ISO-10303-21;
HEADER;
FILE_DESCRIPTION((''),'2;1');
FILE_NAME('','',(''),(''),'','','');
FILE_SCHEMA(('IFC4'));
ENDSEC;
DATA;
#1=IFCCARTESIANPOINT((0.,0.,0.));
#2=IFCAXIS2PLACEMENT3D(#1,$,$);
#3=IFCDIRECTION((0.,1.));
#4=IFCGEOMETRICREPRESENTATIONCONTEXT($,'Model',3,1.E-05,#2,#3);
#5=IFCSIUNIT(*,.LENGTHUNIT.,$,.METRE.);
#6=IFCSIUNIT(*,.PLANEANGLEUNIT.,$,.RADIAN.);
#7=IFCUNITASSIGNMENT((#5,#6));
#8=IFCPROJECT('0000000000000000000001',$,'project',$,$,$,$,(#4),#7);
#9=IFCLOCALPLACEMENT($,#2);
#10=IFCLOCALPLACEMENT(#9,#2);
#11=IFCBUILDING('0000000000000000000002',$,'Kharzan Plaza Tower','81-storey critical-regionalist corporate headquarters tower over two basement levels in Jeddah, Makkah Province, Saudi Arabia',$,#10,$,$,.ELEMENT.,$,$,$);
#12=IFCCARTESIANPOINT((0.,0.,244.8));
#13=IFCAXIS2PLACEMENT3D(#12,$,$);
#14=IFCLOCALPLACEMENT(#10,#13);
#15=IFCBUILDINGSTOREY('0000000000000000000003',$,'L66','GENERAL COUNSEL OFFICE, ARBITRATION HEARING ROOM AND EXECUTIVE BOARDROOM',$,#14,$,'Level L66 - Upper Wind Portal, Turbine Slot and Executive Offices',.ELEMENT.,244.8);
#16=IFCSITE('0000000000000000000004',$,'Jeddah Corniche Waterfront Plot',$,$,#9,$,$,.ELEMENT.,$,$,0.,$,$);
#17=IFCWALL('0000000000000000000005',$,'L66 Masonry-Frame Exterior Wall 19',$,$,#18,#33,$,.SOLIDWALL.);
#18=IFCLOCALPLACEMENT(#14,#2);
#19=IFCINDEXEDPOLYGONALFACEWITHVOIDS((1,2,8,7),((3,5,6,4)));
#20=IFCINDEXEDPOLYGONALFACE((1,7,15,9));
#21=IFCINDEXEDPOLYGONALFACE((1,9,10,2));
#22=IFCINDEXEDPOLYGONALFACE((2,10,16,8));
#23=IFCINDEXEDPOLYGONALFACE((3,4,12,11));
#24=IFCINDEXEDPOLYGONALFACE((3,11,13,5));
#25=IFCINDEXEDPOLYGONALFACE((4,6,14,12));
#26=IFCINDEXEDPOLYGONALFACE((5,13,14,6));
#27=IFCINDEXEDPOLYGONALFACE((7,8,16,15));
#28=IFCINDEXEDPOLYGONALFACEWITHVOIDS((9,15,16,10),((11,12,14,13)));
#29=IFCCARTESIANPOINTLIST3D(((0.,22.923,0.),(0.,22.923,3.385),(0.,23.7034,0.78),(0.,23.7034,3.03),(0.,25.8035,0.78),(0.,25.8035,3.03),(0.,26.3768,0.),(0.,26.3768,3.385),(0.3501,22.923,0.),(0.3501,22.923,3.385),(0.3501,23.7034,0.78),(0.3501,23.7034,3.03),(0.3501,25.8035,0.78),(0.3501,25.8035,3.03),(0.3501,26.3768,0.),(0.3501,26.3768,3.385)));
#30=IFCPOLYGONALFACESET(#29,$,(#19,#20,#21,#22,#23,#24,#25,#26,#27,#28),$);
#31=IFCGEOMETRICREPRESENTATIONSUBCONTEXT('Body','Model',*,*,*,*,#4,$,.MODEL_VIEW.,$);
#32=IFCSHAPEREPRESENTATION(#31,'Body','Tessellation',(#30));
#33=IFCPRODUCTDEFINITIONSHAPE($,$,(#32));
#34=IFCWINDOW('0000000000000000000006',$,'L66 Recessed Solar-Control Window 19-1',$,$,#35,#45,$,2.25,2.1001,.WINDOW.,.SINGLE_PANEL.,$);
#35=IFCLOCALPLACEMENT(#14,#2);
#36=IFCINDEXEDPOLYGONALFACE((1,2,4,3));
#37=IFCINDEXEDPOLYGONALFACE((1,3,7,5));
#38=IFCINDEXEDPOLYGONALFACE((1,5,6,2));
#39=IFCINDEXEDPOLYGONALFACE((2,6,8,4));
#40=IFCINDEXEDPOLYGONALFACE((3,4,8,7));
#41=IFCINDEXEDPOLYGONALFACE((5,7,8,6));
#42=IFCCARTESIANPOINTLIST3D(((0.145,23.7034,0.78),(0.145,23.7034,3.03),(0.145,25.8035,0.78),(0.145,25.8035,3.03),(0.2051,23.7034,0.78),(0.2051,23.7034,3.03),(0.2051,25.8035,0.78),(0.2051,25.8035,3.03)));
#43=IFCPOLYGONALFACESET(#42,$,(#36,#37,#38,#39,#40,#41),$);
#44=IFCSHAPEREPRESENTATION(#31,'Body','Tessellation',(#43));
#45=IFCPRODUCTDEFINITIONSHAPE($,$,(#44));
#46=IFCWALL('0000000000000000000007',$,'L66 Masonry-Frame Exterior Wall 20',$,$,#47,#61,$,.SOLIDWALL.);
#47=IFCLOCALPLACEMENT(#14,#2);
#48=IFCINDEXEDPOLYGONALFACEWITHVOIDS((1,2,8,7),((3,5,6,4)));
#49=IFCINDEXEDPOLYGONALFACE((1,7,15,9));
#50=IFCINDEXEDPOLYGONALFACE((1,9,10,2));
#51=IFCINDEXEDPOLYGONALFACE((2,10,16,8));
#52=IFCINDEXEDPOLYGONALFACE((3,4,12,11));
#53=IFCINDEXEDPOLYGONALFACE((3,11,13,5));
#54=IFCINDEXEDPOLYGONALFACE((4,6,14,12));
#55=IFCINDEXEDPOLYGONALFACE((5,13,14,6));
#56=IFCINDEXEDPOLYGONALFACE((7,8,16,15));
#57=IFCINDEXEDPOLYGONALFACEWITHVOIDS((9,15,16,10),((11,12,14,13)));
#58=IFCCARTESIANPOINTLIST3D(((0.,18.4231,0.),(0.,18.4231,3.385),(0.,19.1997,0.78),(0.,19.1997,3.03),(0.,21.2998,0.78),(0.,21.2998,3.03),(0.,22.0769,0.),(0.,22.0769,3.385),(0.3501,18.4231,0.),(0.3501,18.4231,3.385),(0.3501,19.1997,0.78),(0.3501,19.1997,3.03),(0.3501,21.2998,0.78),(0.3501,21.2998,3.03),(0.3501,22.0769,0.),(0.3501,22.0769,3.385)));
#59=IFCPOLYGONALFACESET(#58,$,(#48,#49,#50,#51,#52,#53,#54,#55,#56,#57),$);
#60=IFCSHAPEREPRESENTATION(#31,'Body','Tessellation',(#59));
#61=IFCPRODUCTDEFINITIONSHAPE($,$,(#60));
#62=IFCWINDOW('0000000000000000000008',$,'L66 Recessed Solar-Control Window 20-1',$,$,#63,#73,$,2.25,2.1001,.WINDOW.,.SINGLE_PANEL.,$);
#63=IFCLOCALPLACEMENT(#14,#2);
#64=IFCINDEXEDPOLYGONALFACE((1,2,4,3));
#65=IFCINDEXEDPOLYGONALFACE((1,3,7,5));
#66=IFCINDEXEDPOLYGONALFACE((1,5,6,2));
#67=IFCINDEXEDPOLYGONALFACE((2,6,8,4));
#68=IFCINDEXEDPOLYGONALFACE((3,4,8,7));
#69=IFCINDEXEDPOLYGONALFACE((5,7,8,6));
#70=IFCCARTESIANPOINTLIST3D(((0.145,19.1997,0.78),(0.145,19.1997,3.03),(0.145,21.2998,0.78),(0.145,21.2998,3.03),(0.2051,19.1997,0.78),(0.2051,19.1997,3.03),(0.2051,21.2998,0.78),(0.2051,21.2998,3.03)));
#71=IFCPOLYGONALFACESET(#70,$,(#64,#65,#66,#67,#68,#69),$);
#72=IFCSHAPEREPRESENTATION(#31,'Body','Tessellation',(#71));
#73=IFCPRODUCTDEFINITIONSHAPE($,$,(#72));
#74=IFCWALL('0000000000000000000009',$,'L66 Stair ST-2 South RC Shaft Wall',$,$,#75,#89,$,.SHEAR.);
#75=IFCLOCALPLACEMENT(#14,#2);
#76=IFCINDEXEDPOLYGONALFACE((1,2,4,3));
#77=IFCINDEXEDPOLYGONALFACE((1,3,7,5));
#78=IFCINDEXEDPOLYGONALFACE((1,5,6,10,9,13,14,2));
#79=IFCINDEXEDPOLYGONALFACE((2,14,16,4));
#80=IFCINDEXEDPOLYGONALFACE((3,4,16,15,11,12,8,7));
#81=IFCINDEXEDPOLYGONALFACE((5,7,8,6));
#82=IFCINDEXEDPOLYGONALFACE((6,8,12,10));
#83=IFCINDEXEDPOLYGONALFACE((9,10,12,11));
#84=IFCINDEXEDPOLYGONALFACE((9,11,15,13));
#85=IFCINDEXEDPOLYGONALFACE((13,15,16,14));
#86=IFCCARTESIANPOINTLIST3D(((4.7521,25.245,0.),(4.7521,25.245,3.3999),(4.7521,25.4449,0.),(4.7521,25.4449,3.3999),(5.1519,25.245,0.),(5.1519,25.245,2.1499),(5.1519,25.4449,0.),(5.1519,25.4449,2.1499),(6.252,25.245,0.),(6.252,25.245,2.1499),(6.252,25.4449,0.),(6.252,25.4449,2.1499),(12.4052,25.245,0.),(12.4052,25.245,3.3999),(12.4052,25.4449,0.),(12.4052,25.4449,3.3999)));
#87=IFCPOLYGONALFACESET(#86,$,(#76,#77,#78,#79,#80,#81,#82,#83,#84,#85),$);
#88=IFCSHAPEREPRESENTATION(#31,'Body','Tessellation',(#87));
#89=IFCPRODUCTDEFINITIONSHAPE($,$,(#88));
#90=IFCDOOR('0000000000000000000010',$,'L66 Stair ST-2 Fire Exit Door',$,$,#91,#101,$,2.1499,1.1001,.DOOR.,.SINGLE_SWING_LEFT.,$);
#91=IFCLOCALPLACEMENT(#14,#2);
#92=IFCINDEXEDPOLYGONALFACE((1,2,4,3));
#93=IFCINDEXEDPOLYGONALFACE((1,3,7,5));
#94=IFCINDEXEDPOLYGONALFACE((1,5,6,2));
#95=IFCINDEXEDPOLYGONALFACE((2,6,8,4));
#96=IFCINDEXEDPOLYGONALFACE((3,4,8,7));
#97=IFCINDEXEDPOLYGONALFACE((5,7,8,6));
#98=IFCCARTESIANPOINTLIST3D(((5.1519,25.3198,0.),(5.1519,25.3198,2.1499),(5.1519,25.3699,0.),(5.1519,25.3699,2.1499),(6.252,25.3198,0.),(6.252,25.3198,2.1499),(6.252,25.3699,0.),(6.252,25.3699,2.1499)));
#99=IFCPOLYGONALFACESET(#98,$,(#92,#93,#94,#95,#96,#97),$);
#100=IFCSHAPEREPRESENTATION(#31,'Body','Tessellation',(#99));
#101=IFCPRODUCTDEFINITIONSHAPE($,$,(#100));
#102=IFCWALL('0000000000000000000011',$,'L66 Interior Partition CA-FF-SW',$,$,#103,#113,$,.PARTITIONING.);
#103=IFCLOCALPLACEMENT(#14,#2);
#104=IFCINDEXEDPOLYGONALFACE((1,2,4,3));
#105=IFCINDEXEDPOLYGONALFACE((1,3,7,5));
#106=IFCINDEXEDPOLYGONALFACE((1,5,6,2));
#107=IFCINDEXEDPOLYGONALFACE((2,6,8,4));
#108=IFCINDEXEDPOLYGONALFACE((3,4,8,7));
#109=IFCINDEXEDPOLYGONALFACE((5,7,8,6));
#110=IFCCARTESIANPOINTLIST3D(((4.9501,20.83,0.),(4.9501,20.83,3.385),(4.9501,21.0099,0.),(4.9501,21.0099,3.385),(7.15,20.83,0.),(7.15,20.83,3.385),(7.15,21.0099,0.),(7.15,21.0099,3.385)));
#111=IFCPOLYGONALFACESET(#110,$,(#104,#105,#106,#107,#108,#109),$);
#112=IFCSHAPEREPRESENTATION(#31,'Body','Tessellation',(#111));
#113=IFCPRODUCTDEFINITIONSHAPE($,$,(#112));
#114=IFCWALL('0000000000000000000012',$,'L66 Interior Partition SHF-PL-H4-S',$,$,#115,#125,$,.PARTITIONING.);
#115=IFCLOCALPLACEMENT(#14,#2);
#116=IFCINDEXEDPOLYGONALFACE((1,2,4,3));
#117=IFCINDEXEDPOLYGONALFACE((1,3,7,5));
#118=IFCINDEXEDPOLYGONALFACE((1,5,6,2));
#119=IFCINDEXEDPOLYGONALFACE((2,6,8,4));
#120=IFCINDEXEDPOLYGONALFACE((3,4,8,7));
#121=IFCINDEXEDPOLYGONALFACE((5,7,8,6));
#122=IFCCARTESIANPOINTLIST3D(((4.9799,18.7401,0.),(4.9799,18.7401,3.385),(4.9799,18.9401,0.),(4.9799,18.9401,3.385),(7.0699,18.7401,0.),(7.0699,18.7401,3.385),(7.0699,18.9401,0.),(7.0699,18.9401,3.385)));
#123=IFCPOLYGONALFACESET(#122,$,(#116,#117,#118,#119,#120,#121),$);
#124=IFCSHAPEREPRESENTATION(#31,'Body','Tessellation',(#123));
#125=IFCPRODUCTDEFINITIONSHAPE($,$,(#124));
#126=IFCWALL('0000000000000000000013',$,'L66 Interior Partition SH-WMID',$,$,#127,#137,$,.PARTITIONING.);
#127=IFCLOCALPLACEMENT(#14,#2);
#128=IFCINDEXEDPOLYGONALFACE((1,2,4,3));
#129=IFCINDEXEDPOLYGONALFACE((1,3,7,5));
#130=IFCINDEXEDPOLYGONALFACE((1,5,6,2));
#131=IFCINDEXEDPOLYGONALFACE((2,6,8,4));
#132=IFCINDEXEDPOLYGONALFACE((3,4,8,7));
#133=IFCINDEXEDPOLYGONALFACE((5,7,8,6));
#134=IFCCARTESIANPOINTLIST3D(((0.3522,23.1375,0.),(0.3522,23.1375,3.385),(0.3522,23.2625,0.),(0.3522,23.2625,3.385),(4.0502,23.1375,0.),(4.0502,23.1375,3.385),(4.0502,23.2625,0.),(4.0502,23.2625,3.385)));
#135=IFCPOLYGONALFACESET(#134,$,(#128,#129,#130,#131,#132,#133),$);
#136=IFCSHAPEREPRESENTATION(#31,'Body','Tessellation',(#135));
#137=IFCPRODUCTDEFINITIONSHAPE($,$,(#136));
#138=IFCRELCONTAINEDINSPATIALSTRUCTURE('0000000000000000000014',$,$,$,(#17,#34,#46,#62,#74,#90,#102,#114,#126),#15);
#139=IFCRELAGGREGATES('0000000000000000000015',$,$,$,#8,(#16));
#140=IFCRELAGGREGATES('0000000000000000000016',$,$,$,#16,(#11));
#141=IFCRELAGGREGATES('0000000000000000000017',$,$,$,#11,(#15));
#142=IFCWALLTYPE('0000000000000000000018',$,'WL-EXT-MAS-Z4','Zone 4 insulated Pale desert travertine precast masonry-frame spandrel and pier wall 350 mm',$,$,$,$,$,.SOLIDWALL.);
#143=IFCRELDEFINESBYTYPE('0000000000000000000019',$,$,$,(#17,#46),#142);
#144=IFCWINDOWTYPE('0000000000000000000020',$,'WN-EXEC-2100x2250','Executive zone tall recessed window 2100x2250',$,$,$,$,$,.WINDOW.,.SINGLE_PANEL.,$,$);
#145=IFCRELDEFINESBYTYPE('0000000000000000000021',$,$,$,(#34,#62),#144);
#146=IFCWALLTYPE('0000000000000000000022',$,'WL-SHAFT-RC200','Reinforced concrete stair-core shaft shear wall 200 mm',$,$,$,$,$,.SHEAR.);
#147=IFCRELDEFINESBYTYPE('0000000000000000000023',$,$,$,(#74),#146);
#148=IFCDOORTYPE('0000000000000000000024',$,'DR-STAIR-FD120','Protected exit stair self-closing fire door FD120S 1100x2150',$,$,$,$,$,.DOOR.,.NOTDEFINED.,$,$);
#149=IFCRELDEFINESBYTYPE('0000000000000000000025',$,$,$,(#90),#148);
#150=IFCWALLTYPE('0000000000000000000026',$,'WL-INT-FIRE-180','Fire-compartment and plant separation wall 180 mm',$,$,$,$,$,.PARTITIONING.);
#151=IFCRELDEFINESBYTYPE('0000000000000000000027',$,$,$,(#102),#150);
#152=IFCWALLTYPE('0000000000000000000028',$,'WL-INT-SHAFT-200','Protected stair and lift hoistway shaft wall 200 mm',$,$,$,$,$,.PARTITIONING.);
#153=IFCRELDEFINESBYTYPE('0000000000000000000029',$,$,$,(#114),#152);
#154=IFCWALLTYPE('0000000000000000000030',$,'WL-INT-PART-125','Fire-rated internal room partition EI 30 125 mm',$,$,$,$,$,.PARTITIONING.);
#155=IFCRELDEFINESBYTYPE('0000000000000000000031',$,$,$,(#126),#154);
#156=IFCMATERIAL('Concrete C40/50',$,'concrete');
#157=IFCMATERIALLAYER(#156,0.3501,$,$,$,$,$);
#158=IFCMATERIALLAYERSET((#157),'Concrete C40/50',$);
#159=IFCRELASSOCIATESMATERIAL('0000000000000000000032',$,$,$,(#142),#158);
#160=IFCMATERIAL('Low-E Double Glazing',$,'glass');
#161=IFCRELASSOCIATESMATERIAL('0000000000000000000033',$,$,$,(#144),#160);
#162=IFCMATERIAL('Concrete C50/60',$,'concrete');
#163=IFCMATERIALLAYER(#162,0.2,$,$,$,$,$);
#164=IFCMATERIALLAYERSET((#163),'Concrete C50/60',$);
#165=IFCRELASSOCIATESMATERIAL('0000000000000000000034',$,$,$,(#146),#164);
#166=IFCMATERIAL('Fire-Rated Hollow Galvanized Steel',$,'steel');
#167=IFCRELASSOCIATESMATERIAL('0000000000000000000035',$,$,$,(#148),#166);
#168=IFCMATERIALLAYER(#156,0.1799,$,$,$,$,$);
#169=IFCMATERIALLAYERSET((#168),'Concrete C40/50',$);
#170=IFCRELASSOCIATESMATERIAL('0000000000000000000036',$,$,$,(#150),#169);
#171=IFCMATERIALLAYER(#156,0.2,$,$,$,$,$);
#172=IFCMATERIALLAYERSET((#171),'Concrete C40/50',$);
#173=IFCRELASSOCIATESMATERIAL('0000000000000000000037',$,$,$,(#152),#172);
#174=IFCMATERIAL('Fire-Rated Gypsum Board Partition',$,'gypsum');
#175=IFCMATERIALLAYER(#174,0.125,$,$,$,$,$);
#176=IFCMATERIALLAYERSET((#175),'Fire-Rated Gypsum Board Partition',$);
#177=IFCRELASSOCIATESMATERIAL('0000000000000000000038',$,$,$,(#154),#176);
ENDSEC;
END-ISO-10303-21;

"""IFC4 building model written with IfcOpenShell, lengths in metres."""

from ifc_helpers import new_model, si_unit, direction, frame, frame_2d, origin, place, context, subcontext, project, spatial, rectangle, extrude, source, transform, mapped, material, layer, layer_set, type_object, element, fill, save


model = new_model("IFC4")

# Units and contexts
model_context = context("Model", 3, precision=1e-05, world=origin(), true_north=direction((0.0, 1.0)))
body_context = subcontext(model_context, "Body", "Model", "MODEL_VIEW")
ifc_project = project(units=[si_unit("LENGTHUNIT", "METRE"), si_unit("PLANEANGLEUNIT", "RADIAN")], contexts=[model_context])

# Site, building, storey
site_placement = place(None, origin())
site = spatial("IfcSite", under=ifc_project, at=site_placement, Name="Jeddah Corniche Waterfront Plot", CompositionType="ELEMENT", RefElevation=0.0)
building_placement = place(site_placement, origin())
building = spatial("IfcBuilding", under=site, at=building_placement, Name="Kharzan Plaza Tower", Description="81-storey critical-regionalist corporate headquarters tower over two basement levels in Jeddah, Makkah Province, Saudi Arabia", CompositionType="ELEMENT")
storey_placement = place(building_placement, frame((0.0, 0.0, 244.8)))
storey = spatial("IfcBuildingStorey", under=building, at=storey_placement, Name="L66", Description="GENERAL COUNSEL OFFICE, ARBITRATION HEARING ROOM AND EXECUTIVE BOARDROOM", LongName="Level L66 - Upper Wind Portal, Turbine Slot and Executive Offices", CompositionType="ELEMENT", Elevation=244.8)

# Shared definitions
ifc_material_1 = material(Name="Concrete C50/60", Category="concrete")

# Walls, openings, windows
ifc_material_2 = material(Name="Concrete C40/50", Category="concrete")
ifc_layer_1 = layer(ifc_material_2, 0.3501)
ifc_layer_set_1 = layer_set([ifc_layer_1], Name="Concrete C40/50")
wall_type_1 = type_object("IfcWallType", Name="WL-EXT-MAS-Z4", Description="Zone 4 insulated Pale desert travertine precast masonry-frame spandrel and pier wall 350 mm", PredefinedType="SOLIDWALL", material=ifc_layer_set_1)
wall_1_placement = place(storey_placement, frame((0.175, 26.377, 0.0), z_axis=(0.0, 0.0, 1.0), x_axis=(0.0, -1.0, 0.0)))
wall_1 = element("IfcWall", 1, at=wall_1_placement, inside=storey, type_object=wall_type_1, Name="L66 Masonry-Frame Exterior Wall 19", PredefinedType="SOLIDWALL", context=body_context, shape_type="SweptSolid", body=[
    extrude(rectangle(XDim=3.4539, YDim=0.3501, at=frame_2d((1.7271, 0.0))), origin(), (0.0, 0.0, 1.0), 3.385),
])
opening_1_placement = place(wall_1_placement, frame((0.5735, 0.0, 0.78)))
opening_1 = element("IfcOpeningElement", 2, at=opening_1_placement, cuts=wall_1, PredefinedType="OPENING", context=body_context, shape_type="SweptSolid", body=[
    extrude(rectangle(XDim=2.1001, YDim=2.25, at=frame_2d((1.05, 1.125))), frame((0.0, 0.1851, 0.0), z_axis=(0.0, -1.0, 0.0), x_axis=(1.0, 0.0, 0.0)), (0.0, 0.0, 1.0), 0.3701),
])
ifc_material_3 = material(Name="Low-E Double Glazing", Category="glass")
window_type = type_object("IfcWindowType", Name="WN-EXEC-2100x2250", Description="Executive zone tall recessed window 2100x2250", PartitioningType="SINGLE_PANEL", PredefinedType="WINDOW", material=ifc_material_3)
shared_shape_1 = source(origin(), body_context, "Body", "SweptSolid", [
    extrude(rectangle(XDim=2.1001, YDim=2.25, at=frame_2d((1.05, 1.125))), frame((0.0, 0.03, 0.0), z_axis=(0.0, -1.0, 0.0), x_axis=(1.0, 0.0, 0.0)), (0.0, 0.0, 1.0), 0.0601),
])
window_1_placement = place(opening_1_placement, origin())
window_1 = element("IfcWindow", 3, at=window_1_placement, inside=storey, type_object=window_type, Name="L66 Recessed Solar-Control Window 19-1", OverallHeight=2.25, OverallWidth=2.1001, PartitioningType="SINGLE_PANEL", PredefinedType="WINDOW", context=body_context, shape_type="MappedRepresentation", body=[
    mapped(shared_shape_1, transform((0.0, 0.0, 0.0), x_axis=(1.0, 0.0, 0.0), y_axis=(0.0, 1.0, 0.0), z_axis=(0.0, 0.0, 1.0))),
])
fill(opening_1, window_1)
wall_2_placement = place(storey_placement, frame((0.175, 22.0769, 0.0), z_axis=(0.0, 0.0, 1.0), x_axis=(0.0, -1.0, 0.0)))
wall_2 = element("IfcWall", 4, at=wall_2_placement, inside=storey, type_object=wall_type_1, Name="L66 Masonry-Frame Exterior Wall 20", PredefinedType="SOLIDWALL", context=body_context, shape_type="SweptSolid", body=[
    extrude(rectangle(XDim=3.6538, YDim=0.3501, at=frame_2d((1.8269, 0.0))), origin(), (0.0, 0.0, 1.0), 3.385),
])
opening_2_placement = place(wall_2_placement, frame((0.7771, 0.0, 0.78)))
opening_2 = element("IfcOpeningElement", 5, at=opening_2_placement, cuts=wall_2, PredefinedType="OPENING", context=body_context, shape_type="SweptSolid", body=[
    extrude(rectangle(XDim=2.1001, YDim=2.25, at=frame_2d((1.05, 1.125))), frame((0.0, 0.1851, 0.0), z_axis=(0.0, -1.0, 0.0), x_axis=(1.0, 0.0, 0.0)), (0.0, 0.0, 1.0), 0.3701),
])
window_2_placement = place(opening_2_placement, origin())
window_2 = element("IfcWindow", 6, at=window_2_placement, inside=storey, type_object=window_type, Name="L66 Recessed Solar-Control Window 20-1", OverallHeight=2.25, OverallWidth=2.1001, PartitioningType="SINGLE_PANEL", PredefinedType="WINDOW", context=body_context, shape_type="MappedRepresentation", body=[
    mapped(shared_shape_1, transform((0.0, 0.0, 0.0), x_axis=(1.0, 0.0, 0.0), y_axis=(0.0, 1.0, 0.0), z_axis=(0.0, 0.0, 1.0))),
])
fill(opening_2, window_2)

# Wall, opening, door
ifc_layer_2 = layer(ifc_material_1, 0.2)
ifc_layer_set_2 = layer_set([ifc_layer_2], Name="Concrete C50/60")
wall_type_2 = type_object("IfcWallType", Name="WL-SHAFT-RC200", Description="Reinforced concrete stair-core shaft shear wall 200 mm", PredefinedType="SHEAR", material=ifc_layer_set_2)
wall_3_placement = place(storey_placement, frame((4.752, 25.345, 0.0), z_axis=(0.0, 0.0, 1.0), x_axis=(1.0, 0.0, 0.0)))
wall_3 = element("IfcWall", 7, at=wall_3_placement, inside=storey, type_object=wall_type_2, Name="L66 Stair ST-2 South RC Shaft Wall", PredefinedType="SHEAR", context=body_context, shape_type="SweptSolid", body=[
    extrude(rectangle(XDim=7.6531, YDim=0.2, at=frame_2d((3.8267, 0.0))), origin(), (0.0, 0.0, 1.0), 3.3999),
])
opening_3_placement = place(wall_3_placement, frame((0.3999, 0.0, 0.0)))
opening_3 = element("IfcOpeningElement", 8, at=opening_3_placement, cuts=wall_3, PredefinedType="OPENING", context=body_context, shape_type="SweptSolid", body=[
    extrude(rectangle(XDim=1.1001, YDim=2.1499, at=frame_2d((0.55, 1.075))), frame((0.0, 0.1099, 0.0), z_axis=(0.0, -1.0, 0.0), x_axis=(1.0, 0.0, 0.0)), (0.0, 0.0, 1.0), 0.22),
])
ifc_material_4 = material(Name="Fire-Rated Hollow Galvanized Steel", Category="steel")
door_type = type_object("IfcDoorType", Name="DR-STAIR-FD120", Description="Protected exit stair self-closing fire door FD120S 1100x2150", OperationType="NOTDEFINED", PredefinedType="DOOR", material=ifc_material_4)
shared_shape_2 = source(origin(), body_context, "Body", "SweptSolid", [
    extrude(rectangle(XDim=1.1001, YDim=2.1499, at=frame_2d((0.55, 1.075))), frame((0.0, 0.0249, 0.0), z_axis=(0.0, -1.0, 0.0), x_axis=(1.0, 0.0, 0.0)), (0.0, 0.0, 1.0), 0.05),
])
door_placement = place(opening_3_placement, origin())
door = element("IfcDoor", 9, at=door_placement, inside=storey, type_object=door_type, Name="L66 Stair ST-2 Fire Exit Door", OperationType="SINGLE_SWING_LEFT", OverallHeight=2.1499, OverallWidth=1.1001, PredefinedType="DOOR", context=body_context, shape_type="MappedRepresentation", body=[
    mapped(shared_shape_2, transform((0.0, 0.0, 0.0), x_axis=(1.0, 0.0, 0.0), y_axis=(0.0, 1.0, 0.0), z_axis=(0.0, 0.0, 1.0))),
])
fill(opening_3, door)

# Walls
ifc_layer_3 = layer(ifc_material_2, 0.1799)
ifc_layer_set_3 = layer_set([ifc_layer_3], Name="Concrete C40/50")
wall_type_3 = type_object("IfcWallType", Name="WL-INT-FIRE-180", Description="Fire-compartment and plant separation wall 180 mm", PredefinedType="PARTITIONING", material=ifc_layer_set_3)
shared_shape_3 = source(origin(), body_context, "Body", "SweptSolid", [
    extrude(rectangle(XDim=2.2, YDim=0.1799, at=frame_2d((1.1001, 0.0))), origin(), (0.0, 0.0, 1.0), 3.385),
])
wall_4_placement = place(storey_placement, frame((4.95, 20.9199, 0.0), z_axis=(0.0, 0.0, 1.0), x_axis=(1.0, 0.0, 0.0)))
element("IfcWall", 10, at=wall_4_placement, inside=storey, type_object=wall_type_3, Name="L66 Interior Partition CA-FF-SW", PredefinedType="PARTITIONING", context=body_context, shape_type="MappedRepresentation", body=[
    mapped(shared_shape_3, transform((0.0, 0.0, 0.0), x_axis=(1.0, 0.0, 0.0), y_axis=(0.0, 1.0, 0.0), z_axis=(0.0, 0.0, 1.0))),
])
ifc_layer_4 = layer(ifc_material_2, 0.2)
ifc_layer_set_4 = layer_set([ifc_layer_4], Name="Concrete C40/50")
wall_type_4 = type_object("IfcWallType", Name="WL-INT-SHAFT-200", Description="Protected stair and lift hoistway shaft wall 200 mm", PredefinedType="PARTITIONING", material=ifc_layer_set_4)
shared_shape_4 = source(origin(), body_context, "Body", "SweptSolid", [
    extrude(rectangle(XDim=2.0901, YDim=0.2, at=frame_2d((1.0449, 0.0))), origin(), (0.0, 0.0, 1.0), 3.385),
])
wall_5_placement = place(storey_placement, frame((4.98, 18.8401, 0.0), z_axis=(0.0, 0.0, 1.0), x_axis=(1.0, 0.0, 0.0)))
element("IfcWall", 11, at=wall_5_placement, inside=storey, type_object=wall_type_4, Name="L66 Interior Partition SHF-PL-H4-S", PredefinedType="PARTITIONING", context=body_context, shape_type="MappedRepresentation", body=[
    mapped(shared_shape_4, transform((0.0, 0.0, 0.0), x_axis=(1.0, 0.0, 0.0), y_axis=(0.0, 1.0, 0.0), z_axis=(0.0, 0.0, 1.0))),
])
ifc_material_5 = material(Name="Fire-Rated Gypsum Board Partition", Category="gypsum")
ifc_layer_5 = layer(ifc_material_5, 0.125)
ifc_layer_set_5 = layer_set([ifc_layer_5], Name="Fire-Rated Gypsum Board Partition")
wall_type_5 = type_object("IfcWallType", Name="WL-INT-PART-125", Description="Fire-rated internal room partition EI 30 125 mm", PredefinedType="PARTITIONING", material=ifc_layer_set_5)
shared_shape_5 = source(origin(), body_context, "Body", "SweptSolid", [
    extrude(rectangle(XDim=3.698, YDim=0.125, at=frame_2d((1.8491, 0.0))), origin(), (0.0, 0.0, 1.0), 3.385),
])
wall_6_placement = place(storey_placement, frame((0.3521, 23.2, 0.0), z_axis=(0.0, 0.0, 1.0), x_axis=(1.0, 0.0, 0.0)))
element("IfcWall", 12, at=wall_6_placement, inside=storey, type_object=wall_type_5, Name="L66 Interior Partition SH-WMID", PredefinedType="PARTITIONING", context=body_context, shape_type="MappedRepresentation", body=[
    mapped(shared_shape_5, transform((0.0, 0.0, 0.0), x_axis=(1.0, 0.0, 0.0), y_axis=(0.0, 1.0, 0.0), z_axis=(0.0, 0.0, 1.0))),
])

save(model, "model.ifc")
